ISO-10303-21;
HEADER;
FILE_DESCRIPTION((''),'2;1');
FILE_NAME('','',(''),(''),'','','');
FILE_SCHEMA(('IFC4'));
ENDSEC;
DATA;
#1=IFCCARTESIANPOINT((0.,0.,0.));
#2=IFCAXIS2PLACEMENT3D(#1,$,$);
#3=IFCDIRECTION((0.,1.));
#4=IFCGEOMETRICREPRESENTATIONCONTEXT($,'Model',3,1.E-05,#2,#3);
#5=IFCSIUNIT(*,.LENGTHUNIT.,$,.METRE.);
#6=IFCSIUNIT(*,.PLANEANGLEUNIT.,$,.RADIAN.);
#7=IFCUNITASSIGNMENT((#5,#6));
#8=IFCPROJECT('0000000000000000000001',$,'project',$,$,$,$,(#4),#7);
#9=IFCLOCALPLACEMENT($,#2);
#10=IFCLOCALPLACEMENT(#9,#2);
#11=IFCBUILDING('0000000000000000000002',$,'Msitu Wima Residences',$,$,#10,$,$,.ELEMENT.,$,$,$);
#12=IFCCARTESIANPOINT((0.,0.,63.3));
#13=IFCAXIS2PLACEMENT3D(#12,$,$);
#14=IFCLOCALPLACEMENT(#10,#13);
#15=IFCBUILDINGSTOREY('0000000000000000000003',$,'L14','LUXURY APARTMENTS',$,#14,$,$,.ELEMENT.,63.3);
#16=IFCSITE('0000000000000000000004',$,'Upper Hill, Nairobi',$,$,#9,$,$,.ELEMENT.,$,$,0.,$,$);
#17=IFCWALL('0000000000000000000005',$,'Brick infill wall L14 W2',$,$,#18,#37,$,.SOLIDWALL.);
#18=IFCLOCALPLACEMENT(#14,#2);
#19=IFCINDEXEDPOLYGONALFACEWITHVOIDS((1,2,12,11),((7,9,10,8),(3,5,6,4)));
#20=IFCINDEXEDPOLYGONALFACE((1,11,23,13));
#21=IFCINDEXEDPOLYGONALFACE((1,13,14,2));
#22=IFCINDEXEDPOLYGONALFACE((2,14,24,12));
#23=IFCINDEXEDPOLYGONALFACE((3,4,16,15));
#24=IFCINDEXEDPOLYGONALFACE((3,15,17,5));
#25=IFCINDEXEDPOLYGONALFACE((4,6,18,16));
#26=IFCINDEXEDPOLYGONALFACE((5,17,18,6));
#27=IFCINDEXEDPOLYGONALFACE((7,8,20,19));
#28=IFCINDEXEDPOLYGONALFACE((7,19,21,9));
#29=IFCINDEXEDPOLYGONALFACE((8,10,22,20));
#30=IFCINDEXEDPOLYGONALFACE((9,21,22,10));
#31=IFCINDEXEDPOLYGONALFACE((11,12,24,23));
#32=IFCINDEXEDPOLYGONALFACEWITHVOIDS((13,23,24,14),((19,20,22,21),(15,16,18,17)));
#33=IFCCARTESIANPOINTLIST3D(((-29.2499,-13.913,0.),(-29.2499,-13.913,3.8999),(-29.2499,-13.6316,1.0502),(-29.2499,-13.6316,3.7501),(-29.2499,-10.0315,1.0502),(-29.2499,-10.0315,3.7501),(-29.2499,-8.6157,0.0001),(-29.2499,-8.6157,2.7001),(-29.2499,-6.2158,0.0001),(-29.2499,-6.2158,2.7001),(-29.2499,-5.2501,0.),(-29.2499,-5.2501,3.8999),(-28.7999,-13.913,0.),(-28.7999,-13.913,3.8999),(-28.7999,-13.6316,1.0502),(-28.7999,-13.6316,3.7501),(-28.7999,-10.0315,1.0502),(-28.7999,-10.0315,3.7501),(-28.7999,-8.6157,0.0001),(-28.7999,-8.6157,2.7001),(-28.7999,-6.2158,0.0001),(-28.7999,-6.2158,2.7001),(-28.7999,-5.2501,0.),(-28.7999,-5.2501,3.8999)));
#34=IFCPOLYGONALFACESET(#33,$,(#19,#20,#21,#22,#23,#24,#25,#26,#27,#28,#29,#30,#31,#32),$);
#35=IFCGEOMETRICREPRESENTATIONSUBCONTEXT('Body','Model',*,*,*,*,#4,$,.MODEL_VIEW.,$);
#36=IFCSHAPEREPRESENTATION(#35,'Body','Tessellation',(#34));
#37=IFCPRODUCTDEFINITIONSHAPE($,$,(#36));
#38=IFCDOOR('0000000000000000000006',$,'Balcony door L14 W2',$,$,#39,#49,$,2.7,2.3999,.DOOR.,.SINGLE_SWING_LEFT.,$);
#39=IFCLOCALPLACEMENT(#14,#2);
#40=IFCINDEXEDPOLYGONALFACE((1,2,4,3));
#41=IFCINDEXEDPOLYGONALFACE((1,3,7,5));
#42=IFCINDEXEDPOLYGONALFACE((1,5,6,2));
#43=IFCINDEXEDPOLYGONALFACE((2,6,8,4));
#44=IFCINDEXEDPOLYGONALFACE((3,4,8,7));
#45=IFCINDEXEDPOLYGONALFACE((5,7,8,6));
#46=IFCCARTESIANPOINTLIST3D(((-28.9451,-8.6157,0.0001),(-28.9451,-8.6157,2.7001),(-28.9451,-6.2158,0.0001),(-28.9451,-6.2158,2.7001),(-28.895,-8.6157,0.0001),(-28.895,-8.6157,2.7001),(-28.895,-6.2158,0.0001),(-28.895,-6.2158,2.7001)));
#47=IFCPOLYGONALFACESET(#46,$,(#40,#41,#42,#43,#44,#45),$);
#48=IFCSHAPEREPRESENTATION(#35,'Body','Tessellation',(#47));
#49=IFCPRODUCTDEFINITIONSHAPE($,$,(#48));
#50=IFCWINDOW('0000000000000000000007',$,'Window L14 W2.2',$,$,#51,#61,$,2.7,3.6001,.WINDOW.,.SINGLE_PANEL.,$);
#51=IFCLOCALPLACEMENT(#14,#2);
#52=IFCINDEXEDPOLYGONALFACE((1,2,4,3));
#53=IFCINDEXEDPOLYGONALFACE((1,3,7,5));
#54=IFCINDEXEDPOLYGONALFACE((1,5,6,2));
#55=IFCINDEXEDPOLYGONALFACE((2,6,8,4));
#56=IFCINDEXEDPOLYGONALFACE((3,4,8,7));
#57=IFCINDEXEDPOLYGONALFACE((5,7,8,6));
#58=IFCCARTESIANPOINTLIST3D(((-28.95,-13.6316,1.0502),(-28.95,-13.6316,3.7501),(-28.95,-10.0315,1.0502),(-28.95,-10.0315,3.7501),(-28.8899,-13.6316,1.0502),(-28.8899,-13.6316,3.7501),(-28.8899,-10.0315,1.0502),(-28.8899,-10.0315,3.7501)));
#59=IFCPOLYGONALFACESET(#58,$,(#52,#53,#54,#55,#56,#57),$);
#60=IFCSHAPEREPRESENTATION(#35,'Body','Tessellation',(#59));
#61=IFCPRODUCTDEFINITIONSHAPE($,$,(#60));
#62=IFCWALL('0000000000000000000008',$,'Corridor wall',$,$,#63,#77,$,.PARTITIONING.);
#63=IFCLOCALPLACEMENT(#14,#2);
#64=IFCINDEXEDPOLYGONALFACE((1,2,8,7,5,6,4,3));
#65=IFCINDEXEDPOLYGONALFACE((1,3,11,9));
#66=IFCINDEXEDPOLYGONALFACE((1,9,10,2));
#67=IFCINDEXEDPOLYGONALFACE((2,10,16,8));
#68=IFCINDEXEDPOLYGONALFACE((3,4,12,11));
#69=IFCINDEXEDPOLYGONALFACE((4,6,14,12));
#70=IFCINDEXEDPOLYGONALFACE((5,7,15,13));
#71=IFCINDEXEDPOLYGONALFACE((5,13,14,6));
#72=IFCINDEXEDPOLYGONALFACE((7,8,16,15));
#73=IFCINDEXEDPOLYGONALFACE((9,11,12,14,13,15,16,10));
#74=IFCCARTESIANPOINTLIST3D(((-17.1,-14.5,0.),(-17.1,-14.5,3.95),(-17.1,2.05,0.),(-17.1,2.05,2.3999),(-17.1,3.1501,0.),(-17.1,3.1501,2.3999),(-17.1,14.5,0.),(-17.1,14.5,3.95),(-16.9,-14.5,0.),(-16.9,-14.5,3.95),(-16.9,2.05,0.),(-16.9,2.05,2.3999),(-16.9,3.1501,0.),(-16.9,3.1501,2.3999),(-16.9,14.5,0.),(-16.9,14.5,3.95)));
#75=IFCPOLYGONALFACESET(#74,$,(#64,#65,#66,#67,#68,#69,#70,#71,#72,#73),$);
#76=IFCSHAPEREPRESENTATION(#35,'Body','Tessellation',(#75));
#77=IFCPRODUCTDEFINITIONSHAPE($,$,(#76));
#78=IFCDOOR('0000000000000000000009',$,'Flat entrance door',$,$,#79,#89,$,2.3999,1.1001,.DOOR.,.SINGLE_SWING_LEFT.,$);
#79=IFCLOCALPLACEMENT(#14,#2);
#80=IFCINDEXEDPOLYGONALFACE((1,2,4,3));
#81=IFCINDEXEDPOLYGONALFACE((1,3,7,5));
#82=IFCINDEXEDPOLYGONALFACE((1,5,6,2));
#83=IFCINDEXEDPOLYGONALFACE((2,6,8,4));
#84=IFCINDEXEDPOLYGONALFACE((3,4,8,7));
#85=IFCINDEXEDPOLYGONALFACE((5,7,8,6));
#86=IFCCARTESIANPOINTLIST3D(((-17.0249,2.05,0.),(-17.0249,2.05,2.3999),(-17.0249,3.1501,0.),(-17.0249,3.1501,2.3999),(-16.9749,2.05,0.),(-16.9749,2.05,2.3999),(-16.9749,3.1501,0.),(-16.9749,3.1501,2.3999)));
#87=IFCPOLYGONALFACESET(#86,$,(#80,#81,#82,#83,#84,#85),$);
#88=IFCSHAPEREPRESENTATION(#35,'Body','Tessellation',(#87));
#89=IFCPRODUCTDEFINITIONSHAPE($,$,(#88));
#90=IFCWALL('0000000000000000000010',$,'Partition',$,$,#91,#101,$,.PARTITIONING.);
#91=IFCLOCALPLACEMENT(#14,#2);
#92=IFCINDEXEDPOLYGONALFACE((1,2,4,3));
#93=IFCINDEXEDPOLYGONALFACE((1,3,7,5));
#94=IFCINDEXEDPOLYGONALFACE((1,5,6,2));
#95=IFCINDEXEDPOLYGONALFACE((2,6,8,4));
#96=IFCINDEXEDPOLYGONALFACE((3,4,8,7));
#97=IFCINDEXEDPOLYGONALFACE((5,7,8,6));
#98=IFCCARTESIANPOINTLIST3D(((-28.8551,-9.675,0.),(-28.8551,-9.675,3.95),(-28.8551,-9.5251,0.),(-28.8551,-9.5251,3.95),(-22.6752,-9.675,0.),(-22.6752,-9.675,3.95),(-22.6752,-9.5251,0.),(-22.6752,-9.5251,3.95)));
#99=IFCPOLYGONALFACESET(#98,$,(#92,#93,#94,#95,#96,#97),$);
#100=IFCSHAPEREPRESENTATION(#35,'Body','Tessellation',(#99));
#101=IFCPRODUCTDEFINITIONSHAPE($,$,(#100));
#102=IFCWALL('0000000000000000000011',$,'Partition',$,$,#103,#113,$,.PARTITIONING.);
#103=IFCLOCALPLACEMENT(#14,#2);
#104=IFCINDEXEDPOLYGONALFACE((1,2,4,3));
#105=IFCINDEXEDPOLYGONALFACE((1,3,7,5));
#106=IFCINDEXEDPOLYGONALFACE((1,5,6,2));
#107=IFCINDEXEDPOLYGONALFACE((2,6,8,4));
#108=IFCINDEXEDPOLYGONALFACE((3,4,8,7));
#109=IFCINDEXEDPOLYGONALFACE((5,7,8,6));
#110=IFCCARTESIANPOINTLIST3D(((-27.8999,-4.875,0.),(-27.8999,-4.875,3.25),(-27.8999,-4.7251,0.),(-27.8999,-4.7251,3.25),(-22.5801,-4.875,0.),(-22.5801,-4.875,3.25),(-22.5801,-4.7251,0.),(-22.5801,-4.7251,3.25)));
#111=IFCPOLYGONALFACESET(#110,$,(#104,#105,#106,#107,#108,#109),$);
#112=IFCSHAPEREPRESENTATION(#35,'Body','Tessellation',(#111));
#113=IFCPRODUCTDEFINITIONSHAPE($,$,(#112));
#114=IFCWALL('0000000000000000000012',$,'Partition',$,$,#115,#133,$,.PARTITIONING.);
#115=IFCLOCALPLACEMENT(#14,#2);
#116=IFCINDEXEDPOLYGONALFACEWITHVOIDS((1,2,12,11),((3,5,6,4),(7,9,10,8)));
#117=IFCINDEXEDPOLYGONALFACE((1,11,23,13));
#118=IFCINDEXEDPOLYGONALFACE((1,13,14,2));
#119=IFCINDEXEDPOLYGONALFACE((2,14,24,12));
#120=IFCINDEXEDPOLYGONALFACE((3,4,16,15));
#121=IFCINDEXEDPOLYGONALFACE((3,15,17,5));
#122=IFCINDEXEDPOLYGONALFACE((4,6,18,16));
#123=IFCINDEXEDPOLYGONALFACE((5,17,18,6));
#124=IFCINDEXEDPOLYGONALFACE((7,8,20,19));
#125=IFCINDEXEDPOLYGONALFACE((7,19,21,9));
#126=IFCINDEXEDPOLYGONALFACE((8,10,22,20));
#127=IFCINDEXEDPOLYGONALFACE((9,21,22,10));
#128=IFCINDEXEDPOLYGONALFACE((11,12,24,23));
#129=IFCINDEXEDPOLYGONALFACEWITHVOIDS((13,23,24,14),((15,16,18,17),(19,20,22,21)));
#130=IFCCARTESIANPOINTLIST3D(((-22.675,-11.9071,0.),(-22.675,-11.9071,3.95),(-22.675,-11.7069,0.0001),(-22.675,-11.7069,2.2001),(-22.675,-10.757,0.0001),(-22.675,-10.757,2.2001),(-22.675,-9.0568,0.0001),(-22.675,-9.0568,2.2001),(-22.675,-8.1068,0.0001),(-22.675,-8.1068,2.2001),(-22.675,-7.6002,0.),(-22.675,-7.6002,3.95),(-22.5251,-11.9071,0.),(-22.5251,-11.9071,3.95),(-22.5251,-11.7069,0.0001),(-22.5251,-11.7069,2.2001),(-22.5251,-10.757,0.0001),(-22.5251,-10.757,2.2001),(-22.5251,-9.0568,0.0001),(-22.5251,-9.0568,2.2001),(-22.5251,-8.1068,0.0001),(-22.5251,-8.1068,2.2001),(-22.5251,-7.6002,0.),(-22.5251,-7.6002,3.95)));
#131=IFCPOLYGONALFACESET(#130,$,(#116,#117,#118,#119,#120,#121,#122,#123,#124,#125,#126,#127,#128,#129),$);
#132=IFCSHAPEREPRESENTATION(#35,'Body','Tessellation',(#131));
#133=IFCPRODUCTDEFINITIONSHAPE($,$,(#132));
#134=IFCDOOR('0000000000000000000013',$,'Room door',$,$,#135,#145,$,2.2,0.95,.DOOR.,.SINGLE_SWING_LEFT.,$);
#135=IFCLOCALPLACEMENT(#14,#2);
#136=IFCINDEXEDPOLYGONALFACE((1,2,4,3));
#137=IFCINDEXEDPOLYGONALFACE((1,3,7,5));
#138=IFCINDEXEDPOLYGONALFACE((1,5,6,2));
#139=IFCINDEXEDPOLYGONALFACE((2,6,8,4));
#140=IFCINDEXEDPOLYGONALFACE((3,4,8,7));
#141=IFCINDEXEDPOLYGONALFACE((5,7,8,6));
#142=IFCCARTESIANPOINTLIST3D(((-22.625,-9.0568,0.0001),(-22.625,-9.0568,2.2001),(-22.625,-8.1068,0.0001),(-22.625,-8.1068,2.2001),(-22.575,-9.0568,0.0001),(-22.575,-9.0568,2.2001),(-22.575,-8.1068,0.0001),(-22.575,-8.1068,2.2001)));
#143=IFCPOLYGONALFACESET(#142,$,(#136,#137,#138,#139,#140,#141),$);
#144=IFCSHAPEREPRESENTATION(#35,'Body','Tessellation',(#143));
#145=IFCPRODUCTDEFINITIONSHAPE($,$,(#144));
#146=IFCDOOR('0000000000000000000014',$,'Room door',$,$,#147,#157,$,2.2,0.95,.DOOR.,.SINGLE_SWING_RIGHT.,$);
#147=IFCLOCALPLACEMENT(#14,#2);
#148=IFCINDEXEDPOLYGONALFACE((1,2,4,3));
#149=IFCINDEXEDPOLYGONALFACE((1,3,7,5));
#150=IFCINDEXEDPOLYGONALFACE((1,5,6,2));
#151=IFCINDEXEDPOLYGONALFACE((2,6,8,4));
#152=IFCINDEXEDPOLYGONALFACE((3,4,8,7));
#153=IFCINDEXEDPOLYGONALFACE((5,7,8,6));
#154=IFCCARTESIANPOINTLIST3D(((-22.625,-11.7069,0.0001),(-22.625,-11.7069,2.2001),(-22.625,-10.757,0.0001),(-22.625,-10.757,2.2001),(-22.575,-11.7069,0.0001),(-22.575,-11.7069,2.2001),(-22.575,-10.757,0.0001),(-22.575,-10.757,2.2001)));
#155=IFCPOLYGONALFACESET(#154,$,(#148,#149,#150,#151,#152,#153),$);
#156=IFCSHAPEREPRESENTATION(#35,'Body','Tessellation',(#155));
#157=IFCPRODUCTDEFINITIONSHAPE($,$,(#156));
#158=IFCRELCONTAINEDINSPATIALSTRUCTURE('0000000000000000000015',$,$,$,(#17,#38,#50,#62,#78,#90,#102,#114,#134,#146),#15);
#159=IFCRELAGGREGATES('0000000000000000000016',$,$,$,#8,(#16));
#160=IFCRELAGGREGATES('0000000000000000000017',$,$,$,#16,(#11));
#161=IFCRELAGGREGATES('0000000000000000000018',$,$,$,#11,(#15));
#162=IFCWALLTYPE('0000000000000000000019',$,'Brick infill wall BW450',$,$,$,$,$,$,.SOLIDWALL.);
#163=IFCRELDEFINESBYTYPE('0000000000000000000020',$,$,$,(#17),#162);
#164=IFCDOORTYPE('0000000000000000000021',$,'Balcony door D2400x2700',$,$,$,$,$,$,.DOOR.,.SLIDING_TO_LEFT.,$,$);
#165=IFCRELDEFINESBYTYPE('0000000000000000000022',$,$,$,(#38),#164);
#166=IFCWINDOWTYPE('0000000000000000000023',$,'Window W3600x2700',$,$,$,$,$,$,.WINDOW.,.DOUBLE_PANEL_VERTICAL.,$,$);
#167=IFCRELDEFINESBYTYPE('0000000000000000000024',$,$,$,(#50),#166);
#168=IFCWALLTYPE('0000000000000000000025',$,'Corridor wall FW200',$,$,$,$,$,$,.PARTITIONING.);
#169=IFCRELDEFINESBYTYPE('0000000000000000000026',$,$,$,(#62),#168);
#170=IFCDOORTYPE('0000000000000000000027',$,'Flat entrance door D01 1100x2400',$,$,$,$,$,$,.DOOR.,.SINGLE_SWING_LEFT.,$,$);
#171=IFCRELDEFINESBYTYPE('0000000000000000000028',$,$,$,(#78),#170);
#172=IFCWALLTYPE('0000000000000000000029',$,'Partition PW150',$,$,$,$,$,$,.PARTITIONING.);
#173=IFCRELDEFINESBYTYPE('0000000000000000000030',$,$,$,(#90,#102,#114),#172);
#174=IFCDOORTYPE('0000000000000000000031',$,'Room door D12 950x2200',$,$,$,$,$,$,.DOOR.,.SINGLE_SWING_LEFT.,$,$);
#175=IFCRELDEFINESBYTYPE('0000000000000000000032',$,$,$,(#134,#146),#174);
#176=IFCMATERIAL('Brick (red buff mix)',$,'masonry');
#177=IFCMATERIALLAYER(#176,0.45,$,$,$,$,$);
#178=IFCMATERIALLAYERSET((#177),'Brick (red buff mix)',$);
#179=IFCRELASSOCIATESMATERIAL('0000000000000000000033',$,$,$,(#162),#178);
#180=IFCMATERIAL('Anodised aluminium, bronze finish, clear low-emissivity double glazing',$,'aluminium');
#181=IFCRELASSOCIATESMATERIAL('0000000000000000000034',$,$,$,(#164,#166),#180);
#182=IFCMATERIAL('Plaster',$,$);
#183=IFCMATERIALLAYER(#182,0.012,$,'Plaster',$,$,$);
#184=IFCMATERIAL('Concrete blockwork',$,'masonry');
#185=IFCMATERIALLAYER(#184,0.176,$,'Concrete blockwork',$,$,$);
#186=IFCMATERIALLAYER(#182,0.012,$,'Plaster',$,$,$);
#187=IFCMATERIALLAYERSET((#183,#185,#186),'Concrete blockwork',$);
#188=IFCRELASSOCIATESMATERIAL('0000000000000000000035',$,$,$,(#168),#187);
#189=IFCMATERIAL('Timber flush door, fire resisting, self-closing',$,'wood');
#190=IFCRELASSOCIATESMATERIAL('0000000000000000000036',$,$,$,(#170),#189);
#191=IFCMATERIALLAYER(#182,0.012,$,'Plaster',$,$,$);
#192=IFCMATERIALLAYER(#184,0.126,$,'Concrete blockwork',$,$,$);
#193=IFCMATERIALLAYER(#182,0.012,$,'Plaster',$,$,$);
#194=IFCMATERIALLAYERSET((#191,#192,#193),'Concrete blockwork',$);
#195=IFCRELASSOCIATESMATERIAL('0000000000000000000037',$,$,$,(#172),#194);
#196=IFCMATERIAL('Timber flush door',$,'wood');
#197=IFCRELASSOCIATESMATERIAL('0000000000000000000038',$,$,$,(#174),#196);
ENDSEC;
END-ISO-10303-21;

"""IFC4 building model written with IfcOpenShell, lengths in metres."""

from ifc_helpers import new_model, si_unit, direction, frame, frame_2d, origin, place, context, subcontext, project, spatial, rectangle, extrude, material, layer, layer_set, type_object, element, fill, save


model = new_model("IFC4")

# Units and contexts
model_context = context("Model", 3, precision=1e-05, world=origin(), true_north=direction((0.0, 1.0)))
body_context = subcontext(model_context, "Body", "Model", "MODEL_VIEW")
ifc_project = project(units=[si_unit("LENGTHUNIT", "METRE"), si_unit("PLANEANGLEUNIT", "RADIAN")], contexts=[model_context])

# Site, building, storey
site_placement = place(None, origin())
site = spatial("IfcSite", under=ifc_project, at=site_placement, Name="Upper Hill, Nairobi", CompositionType="ELEMENT", RefElevation=0.0)
building_placement = place(site_placement, origin())
building = spatial("IfcBuilding", under=site, at=building_placement, Name="Msitu Wima Residences", CompositionType="ELEMENT")
storey_placement = place(building_placement, frame((0.0, 0.0, 63.3)))
storey = spatial("IfcBuildingStorey", under=building, at=storey_placement, Name="L14", Description="LUXURY APARTMENTS", CompositionType="ELEMENT", Elevation=63.3)

# Wall, openings, door, window
ifc_material_1 = material(Name="Brick (red buff mix)", Category="masonry")
ifc_layer_1 = layer(ifc_material_1, 0.45)
ifc_layer_set_1 = layer_set([ifc_layer_1], Name="Brick (red buff mix)")
wall_type_1 = type_object("IfcWallType", Name="Brick infill wall BW450", PredefinedType="SOLIDWALL", material=ifc_layer_set_1)
wall_1_placement = place(storey_placement, frame((-29.0249, -5.25, 0.0), z_axis=(0.0, 0.0, 1.0), x_axis=(0.0, -1.0, 0.0)))
wall_1 = element("IfcWall", 1, at=wall_1_placement, inside=storey, type_object=wall_type_1, Name="Brick infill wall L14 W2", PredefinedType="SOLIDWALL", context=body_context, shape_type="SweptSolid", body=[
    extrude(rectangle(XDim=8.6628, YDim=0.45, at=frame_2d((4.3315, 0.0))), origin(), (0.0, 0.0, 1.0), 3.8999),
])
opening_1_placement = place(wall_1_placement, frame((0.9658, 0.0, 0.0)))
opening_1 = element("IfcOpeningElement", 2, at=opening_1_placement, cuts=wall_1, PredefinedType="OPENING", context=body_context, shape_type="SweptSolid", body=[
    extrude(rectangle(XDim=2.3999, YDim=2.7, at=frame_2d((1.2, 1.3501))), frame((0.0, 0.2349, 0.0), z_axis=(0.0, -1.0, 0.0), x_axis=(1.0, 0.0, 0.0)), (0.0, 0.0, 1.0), 0.47),
])
opening_2_placement = place(wall_1_placement, frame((4.7815, 0.0, 1.05)))
opening_2 = element("IfcOpeningElement", 3, at=opening_2_placement, cuts=wall_1, PredefinedType="OPENING", context=body_context, shape_type="SweptSolid", body=[
    extrude(rectangle(XDim=3.6001, YDim=2.7, at=frame_2d((1.8, 1.3501))), frame((0.0, 0.2349, 0.0), z_axis=(0.0, -1.0, 0.0), x_axis=(1.0, 0.0, 0.0)), (0.0, 0.0, 1.0), 0.47),
])
ifc_material_2 = material(Name="Anodised aluminium, bronze finish, clear low-emissivity double glazing", Category="aluminium")
door_type_1 = type_object("IfcDoorType", Name="Balcony door D2400x2700", OperationType="SLIDING_TO_LEFT", PredefinedType="DOOR", material=ifc_material_2)
door_1_placement = place(opening_1_placement, origin())
door_1 = element("IfcDoor", 4, at=door_1_placement, inside=storey, type_object=door_type_1, Name="Balcony door L14 W2", OperationType="SINGLE_SWING_LEFT", OverallHeight=2.7, OverallWidth=2.3999, PredefinedType="DOOR", context=body_context, shape_type="SweptSolid", body=[
    extrude(rectangle(XDim=2.3999, YDim=2.7, at=frame_2d((1.2, 1.3501))), frame((0.0, 0.1299, 0.0), z_axis=(0.0, -1.0, 0.0), x_axis=(1.0, 0.0, 0.0)), (0.0, 0.0, 1.0), 0.05),
])
fill(opening_1, door_1)
window_type = type_object("IfcWindowType", Name="Window W3600x2700", PartitioningType="DOUBLE_PANEL_VERTICAL", PredefinedType="WINDOW", material=ifc_material_2)
window_placement = place(opening_2_placement, origin())
window = element("IfcWindow", 5, at=window_placement, inside=storey, type_object=window_type, Name="Window L14 W2.2", OverallHeight=2.7, OverallWidth=3.6001, PartitioningType="SINGLE_PANEL", PredefinedType="WINDOW", context=body_context, shape_type="SweptSolid", body=[
    extrude(rectangle(XDim=3.6001, YDim=2.7, at=frame_2d((1.8, 1.3501))), frame((0.0, 0.135, 0.0), z_axis=(0.0, -1.0, 0.0), x_axis=(1.0, 0.0, 0.0)), (0.0, 0.0, 1.0), 0.0601),
])
fill(opening_2, window)

# Wall, opening, door
ifc_material_3 = material(Name="Plaster")
ifc_layer_2 = layer(ifc_material_3, 0.012, Name="Plaster")
ifc_material_4 = material(Name="Concrete blockwork", Category="masonry")
ifc_layer_3 = layer(ifc_material_4, 0.176, Name="Concrete blockwork")
ifc_layer_4 = layer(ifc_material_3, 0.012, Name="Plaster")
ifc_layer_set_2 = layer_set([ifc_layer_2, ifc_layer_3, ifc_layer_4], Name="Concrete blockwork")
wall_type_2 = type_object("IfcWallType", Name="Corridor wall FW200", PredefinedType="PARTITIONING", material=ifc_layer_set_2)
wall_2_placement = place(storey_placement, frame((-17.0, -14.5, 0.0), z_axis=(0.0, 0.0, 1.0), x_axis=(0.0, 1.0, 0.0)))
wall_2 = element("IfcWall", 6, at=wall_2_placement, inside=storey, type_object=wall_type_2, Name="Corridor wall", PredefinedType="PARTITIONING", context=body_context, shape_type="SweptSolid", body=[
    extrude(rectangle(XDim=29.0, YDim=0.2, at=frame_2d((14.5, 0.0))), origin(), (0.0, 0.0, 1.0), 3.95),
])
opening_3_placement = place(wall_2_placement, frame((16.55, 0.0, 0.0)))
opening_3 = element("IfcOpeningElement", 7, at=opening_3_placement, cuts=wall_2, PredefinedType="OPENING", context=body_context, shape_type="SweptSolid", body=[
    extrude(rectangle(XDim=1.1001, YDim=2.3999, at=frame_2d((0.55, 1.2))), frame((0.0, 0.1099, 0.0), z_axis=(0.0, -1.0, 0.0), x_axis=(1.0, 0.0, 0.0)), (0.0, 0.0, 1.0), 0.22),
])
ifc_material_5 = material(Name="Timber flush door, fire resisting, self-closing", Category="wood")
door_type_2 = type_object("IfcDoorType", Name="Flat entrance door D01 1100x2400", OperationType="SINGLE_SWING_LEFT", PredefinedType="DOOR", material=ifc_material_5)
door_2_placement = place(opening_3_placement, origin())
door_2 = element("IfcDoor", 8, at=door_2_placement, inside=storey, type_object=door_type_2, Name="Flat entrance door", OperationType="SINGLE_SWING_LEFT", OverallHeight=2.3999, OverallWidth=1.1001, PredefinedType="DOOR", context=body_context, shape_type="SweptSolid", body=[
    extrude(rectangle(XDim=1.1001, YDim=2.3999, at=frame_2d((0.55, 1.2))), frame((0.0, 0.0249, 0.0), z_axis=(0.0, -1.0, 0.0), x_axis=(1.0, 0.0, 0.0)), (0.0, 0.0, 1.0), 0.05),
])
fill(opening_3, door_2)

# Walls
ifc_layer_5 = layer(ifc_material_3, 0.012, Name="Plaster")
ifc_layer_6 = layer(ifc_material_4, 0.126, Name="Concrete blockwork")
ifc_layer_7 = layer(ifc_material_3, 0.012, Name="Plaster")
ifc_layer_set_3 = layer_set([ifc_layer_5, ifc_layer_6, ifc_layer_7], Name="Concrete blockwork")
wall_type_3 = type_object("IfcWallType", Name="Partition PW150", PredefinedType="PARTITIONING", material=ifc_layer_set_3)
wall_3_placement = place(storey_placement, frame((-28.855, -9.6001, 0.0), z_axis=(0.0, 0.0, 1.0), x_axis=(1.0, 0.0, 0.0)))
element("IfcWall", 9, at=wall_3_placement, inside=storey, type_object=wall_type_3, Name="Partition", PredefinedType="PARTITIONING", context=body_context, shape_type="SweptSolid", body=[
    extrude(rectangle(XDim=6.1799, YDim=0.1499, at=frame_2d((3.0898, 0.0))), origin(), (0.0, 0.0, 1.0), 3.95),
])
wall_4_placement = place(storey_placement, frame((-27.8999, -4.8, 0.0), z_axis=(0.0, 0.0, 1.0), x_axis=(1.0, 0.0, 0.0)))
element("IfcWall", 10, at=wall_4_placement, inside=storey, type_object=wall_type_3, Name="Partition", PredefinedType="PARTITIONING", context=body_context, shape_type="SweptSolid", body=[
    extrude(rectangle(XDim=5.3198, YDim=0.1499, at=frame_2d((2.6599, 0.0))), origin(), (0.0, 0.0, 1.0), 3.25),
])

# Wall, openings, doors
wall_5_placement = place(storey_placement, frame((-22.6001, -11.907, 0.0), z_axis=(0.0, 0.0, 1.0), x_axis=(0.0, 1.0, 0.0)))
wall_5 = element("IfcWall", 11, at=wall_5_placement, inside=storey, type_object=wall_type_3, Name="Partition", PredefinedType="PARTITIONING", context=body_context, shape_type="SweptSolid", body=[
    extrude(rectangle(XDim=4.3069, YDim=0.1499, at=frame_2d((2.1533, 0.0))), origin(), (0.0, 0.0, 1.0), 3.95),
])
opening_4_placement = place(wall_5_placement, frame((2.8501, 0.0, 0.0)))
opening_4 = element("IfcOpeningElement", 12, at=opening_4_placement, cuts=wall_5, PredefinedType="OPENING", context=body_context, shape_type="SweptSolid", body=[
    extrude(rectangle(XDim=0.95, YDim=2.2, at=frame_2d((0.4751, 1.1001))), frame((0.0, 0.085, 0.0), z_axis=(0.0, -1.0, 0.0), x_axis=(1.0, 0.0, 0.0)), (0.0, 0.0, 1.0), 0.1699),
])
opening_5_placement = place(wall_5_placement, frame((0.2, 0.0, 0.0)))
opening_5 = element("IfcOpeningElement", 13, at=opening_5_placement, cuts=wall_5, PredefinedType="OPENING", context=body_context, shape_type="SweptSolid", body=[
    extrude(rectangle(XDim=0.95, YDim=2.2, at=frame_2d((0.4751, 1.1001))), frame((0.0, 0.085, 0.0), z_axis=(0.0, -1.0, 0.0), x_axis=(1.0, 0.0, 0.0)), (0.0, 0.0, 1.0), 0.1699),
])
ifc_material_6 = material(Name="Timber flush door", Category="wood")
door_type_3 = type_object("IfcDoorType", Name="Room door D12 950x2200", OperationType="SINGLE_SWING_LEFT", PredefinedType="DOOR", material=ifc_material_6)
door_3_placement = place(opening_4_placement, origin())
door_3 = element("IfcDoor", 14, at=door_3_placement, inside=storey, type_object=door_type_3, Name="Room door", OperationType="SINGLE_SWING_LEFT", OverallHeight=2.2, OverallWidth=0.95, PredefinedType="DOOR", context=body_context, shape_type="SweptSolid", body=[
    extrude(rectangle(XDim=0.95, YDim=2.2, at=frame_2d((0.4751, 1.1001))), frame((0.0, 0.0249, 0.0), z_axis=(0.0, -1.0, 0.0), x_axis=(1.0, 0.0, 0.0)), (0.0, 0.0, 1.0), 0.05),
])
fill(opening_4, door_3)
door_4_placement = place(opening_5_placement, origin())
door_4 = element("IfcDoor", 15, at=door_4_placement, inside=storey, type_object=door_type_3, Name="Room door", OperationType="SINGLE_SWING_RIGHT", OverallHeight=2.2, OverallWidth=0.95, PredefinedType="DOOR", context=body_context, shape_type="SweptSolid", body=[
    extrude(rectangle(XDim=0.95, YDim=2.2, at=frame_2d((0.4751, 1.1001))), frame((0.0, 0.0249, 0.0), z_axis=(0.0, -1.0, 0.0), x_axis=(1.0, 0.0, 0.0)), (0.0, 0.0, 1.0), 0.05),
])
fill(opening_5, door_4)

save(model, "model.ifc")
